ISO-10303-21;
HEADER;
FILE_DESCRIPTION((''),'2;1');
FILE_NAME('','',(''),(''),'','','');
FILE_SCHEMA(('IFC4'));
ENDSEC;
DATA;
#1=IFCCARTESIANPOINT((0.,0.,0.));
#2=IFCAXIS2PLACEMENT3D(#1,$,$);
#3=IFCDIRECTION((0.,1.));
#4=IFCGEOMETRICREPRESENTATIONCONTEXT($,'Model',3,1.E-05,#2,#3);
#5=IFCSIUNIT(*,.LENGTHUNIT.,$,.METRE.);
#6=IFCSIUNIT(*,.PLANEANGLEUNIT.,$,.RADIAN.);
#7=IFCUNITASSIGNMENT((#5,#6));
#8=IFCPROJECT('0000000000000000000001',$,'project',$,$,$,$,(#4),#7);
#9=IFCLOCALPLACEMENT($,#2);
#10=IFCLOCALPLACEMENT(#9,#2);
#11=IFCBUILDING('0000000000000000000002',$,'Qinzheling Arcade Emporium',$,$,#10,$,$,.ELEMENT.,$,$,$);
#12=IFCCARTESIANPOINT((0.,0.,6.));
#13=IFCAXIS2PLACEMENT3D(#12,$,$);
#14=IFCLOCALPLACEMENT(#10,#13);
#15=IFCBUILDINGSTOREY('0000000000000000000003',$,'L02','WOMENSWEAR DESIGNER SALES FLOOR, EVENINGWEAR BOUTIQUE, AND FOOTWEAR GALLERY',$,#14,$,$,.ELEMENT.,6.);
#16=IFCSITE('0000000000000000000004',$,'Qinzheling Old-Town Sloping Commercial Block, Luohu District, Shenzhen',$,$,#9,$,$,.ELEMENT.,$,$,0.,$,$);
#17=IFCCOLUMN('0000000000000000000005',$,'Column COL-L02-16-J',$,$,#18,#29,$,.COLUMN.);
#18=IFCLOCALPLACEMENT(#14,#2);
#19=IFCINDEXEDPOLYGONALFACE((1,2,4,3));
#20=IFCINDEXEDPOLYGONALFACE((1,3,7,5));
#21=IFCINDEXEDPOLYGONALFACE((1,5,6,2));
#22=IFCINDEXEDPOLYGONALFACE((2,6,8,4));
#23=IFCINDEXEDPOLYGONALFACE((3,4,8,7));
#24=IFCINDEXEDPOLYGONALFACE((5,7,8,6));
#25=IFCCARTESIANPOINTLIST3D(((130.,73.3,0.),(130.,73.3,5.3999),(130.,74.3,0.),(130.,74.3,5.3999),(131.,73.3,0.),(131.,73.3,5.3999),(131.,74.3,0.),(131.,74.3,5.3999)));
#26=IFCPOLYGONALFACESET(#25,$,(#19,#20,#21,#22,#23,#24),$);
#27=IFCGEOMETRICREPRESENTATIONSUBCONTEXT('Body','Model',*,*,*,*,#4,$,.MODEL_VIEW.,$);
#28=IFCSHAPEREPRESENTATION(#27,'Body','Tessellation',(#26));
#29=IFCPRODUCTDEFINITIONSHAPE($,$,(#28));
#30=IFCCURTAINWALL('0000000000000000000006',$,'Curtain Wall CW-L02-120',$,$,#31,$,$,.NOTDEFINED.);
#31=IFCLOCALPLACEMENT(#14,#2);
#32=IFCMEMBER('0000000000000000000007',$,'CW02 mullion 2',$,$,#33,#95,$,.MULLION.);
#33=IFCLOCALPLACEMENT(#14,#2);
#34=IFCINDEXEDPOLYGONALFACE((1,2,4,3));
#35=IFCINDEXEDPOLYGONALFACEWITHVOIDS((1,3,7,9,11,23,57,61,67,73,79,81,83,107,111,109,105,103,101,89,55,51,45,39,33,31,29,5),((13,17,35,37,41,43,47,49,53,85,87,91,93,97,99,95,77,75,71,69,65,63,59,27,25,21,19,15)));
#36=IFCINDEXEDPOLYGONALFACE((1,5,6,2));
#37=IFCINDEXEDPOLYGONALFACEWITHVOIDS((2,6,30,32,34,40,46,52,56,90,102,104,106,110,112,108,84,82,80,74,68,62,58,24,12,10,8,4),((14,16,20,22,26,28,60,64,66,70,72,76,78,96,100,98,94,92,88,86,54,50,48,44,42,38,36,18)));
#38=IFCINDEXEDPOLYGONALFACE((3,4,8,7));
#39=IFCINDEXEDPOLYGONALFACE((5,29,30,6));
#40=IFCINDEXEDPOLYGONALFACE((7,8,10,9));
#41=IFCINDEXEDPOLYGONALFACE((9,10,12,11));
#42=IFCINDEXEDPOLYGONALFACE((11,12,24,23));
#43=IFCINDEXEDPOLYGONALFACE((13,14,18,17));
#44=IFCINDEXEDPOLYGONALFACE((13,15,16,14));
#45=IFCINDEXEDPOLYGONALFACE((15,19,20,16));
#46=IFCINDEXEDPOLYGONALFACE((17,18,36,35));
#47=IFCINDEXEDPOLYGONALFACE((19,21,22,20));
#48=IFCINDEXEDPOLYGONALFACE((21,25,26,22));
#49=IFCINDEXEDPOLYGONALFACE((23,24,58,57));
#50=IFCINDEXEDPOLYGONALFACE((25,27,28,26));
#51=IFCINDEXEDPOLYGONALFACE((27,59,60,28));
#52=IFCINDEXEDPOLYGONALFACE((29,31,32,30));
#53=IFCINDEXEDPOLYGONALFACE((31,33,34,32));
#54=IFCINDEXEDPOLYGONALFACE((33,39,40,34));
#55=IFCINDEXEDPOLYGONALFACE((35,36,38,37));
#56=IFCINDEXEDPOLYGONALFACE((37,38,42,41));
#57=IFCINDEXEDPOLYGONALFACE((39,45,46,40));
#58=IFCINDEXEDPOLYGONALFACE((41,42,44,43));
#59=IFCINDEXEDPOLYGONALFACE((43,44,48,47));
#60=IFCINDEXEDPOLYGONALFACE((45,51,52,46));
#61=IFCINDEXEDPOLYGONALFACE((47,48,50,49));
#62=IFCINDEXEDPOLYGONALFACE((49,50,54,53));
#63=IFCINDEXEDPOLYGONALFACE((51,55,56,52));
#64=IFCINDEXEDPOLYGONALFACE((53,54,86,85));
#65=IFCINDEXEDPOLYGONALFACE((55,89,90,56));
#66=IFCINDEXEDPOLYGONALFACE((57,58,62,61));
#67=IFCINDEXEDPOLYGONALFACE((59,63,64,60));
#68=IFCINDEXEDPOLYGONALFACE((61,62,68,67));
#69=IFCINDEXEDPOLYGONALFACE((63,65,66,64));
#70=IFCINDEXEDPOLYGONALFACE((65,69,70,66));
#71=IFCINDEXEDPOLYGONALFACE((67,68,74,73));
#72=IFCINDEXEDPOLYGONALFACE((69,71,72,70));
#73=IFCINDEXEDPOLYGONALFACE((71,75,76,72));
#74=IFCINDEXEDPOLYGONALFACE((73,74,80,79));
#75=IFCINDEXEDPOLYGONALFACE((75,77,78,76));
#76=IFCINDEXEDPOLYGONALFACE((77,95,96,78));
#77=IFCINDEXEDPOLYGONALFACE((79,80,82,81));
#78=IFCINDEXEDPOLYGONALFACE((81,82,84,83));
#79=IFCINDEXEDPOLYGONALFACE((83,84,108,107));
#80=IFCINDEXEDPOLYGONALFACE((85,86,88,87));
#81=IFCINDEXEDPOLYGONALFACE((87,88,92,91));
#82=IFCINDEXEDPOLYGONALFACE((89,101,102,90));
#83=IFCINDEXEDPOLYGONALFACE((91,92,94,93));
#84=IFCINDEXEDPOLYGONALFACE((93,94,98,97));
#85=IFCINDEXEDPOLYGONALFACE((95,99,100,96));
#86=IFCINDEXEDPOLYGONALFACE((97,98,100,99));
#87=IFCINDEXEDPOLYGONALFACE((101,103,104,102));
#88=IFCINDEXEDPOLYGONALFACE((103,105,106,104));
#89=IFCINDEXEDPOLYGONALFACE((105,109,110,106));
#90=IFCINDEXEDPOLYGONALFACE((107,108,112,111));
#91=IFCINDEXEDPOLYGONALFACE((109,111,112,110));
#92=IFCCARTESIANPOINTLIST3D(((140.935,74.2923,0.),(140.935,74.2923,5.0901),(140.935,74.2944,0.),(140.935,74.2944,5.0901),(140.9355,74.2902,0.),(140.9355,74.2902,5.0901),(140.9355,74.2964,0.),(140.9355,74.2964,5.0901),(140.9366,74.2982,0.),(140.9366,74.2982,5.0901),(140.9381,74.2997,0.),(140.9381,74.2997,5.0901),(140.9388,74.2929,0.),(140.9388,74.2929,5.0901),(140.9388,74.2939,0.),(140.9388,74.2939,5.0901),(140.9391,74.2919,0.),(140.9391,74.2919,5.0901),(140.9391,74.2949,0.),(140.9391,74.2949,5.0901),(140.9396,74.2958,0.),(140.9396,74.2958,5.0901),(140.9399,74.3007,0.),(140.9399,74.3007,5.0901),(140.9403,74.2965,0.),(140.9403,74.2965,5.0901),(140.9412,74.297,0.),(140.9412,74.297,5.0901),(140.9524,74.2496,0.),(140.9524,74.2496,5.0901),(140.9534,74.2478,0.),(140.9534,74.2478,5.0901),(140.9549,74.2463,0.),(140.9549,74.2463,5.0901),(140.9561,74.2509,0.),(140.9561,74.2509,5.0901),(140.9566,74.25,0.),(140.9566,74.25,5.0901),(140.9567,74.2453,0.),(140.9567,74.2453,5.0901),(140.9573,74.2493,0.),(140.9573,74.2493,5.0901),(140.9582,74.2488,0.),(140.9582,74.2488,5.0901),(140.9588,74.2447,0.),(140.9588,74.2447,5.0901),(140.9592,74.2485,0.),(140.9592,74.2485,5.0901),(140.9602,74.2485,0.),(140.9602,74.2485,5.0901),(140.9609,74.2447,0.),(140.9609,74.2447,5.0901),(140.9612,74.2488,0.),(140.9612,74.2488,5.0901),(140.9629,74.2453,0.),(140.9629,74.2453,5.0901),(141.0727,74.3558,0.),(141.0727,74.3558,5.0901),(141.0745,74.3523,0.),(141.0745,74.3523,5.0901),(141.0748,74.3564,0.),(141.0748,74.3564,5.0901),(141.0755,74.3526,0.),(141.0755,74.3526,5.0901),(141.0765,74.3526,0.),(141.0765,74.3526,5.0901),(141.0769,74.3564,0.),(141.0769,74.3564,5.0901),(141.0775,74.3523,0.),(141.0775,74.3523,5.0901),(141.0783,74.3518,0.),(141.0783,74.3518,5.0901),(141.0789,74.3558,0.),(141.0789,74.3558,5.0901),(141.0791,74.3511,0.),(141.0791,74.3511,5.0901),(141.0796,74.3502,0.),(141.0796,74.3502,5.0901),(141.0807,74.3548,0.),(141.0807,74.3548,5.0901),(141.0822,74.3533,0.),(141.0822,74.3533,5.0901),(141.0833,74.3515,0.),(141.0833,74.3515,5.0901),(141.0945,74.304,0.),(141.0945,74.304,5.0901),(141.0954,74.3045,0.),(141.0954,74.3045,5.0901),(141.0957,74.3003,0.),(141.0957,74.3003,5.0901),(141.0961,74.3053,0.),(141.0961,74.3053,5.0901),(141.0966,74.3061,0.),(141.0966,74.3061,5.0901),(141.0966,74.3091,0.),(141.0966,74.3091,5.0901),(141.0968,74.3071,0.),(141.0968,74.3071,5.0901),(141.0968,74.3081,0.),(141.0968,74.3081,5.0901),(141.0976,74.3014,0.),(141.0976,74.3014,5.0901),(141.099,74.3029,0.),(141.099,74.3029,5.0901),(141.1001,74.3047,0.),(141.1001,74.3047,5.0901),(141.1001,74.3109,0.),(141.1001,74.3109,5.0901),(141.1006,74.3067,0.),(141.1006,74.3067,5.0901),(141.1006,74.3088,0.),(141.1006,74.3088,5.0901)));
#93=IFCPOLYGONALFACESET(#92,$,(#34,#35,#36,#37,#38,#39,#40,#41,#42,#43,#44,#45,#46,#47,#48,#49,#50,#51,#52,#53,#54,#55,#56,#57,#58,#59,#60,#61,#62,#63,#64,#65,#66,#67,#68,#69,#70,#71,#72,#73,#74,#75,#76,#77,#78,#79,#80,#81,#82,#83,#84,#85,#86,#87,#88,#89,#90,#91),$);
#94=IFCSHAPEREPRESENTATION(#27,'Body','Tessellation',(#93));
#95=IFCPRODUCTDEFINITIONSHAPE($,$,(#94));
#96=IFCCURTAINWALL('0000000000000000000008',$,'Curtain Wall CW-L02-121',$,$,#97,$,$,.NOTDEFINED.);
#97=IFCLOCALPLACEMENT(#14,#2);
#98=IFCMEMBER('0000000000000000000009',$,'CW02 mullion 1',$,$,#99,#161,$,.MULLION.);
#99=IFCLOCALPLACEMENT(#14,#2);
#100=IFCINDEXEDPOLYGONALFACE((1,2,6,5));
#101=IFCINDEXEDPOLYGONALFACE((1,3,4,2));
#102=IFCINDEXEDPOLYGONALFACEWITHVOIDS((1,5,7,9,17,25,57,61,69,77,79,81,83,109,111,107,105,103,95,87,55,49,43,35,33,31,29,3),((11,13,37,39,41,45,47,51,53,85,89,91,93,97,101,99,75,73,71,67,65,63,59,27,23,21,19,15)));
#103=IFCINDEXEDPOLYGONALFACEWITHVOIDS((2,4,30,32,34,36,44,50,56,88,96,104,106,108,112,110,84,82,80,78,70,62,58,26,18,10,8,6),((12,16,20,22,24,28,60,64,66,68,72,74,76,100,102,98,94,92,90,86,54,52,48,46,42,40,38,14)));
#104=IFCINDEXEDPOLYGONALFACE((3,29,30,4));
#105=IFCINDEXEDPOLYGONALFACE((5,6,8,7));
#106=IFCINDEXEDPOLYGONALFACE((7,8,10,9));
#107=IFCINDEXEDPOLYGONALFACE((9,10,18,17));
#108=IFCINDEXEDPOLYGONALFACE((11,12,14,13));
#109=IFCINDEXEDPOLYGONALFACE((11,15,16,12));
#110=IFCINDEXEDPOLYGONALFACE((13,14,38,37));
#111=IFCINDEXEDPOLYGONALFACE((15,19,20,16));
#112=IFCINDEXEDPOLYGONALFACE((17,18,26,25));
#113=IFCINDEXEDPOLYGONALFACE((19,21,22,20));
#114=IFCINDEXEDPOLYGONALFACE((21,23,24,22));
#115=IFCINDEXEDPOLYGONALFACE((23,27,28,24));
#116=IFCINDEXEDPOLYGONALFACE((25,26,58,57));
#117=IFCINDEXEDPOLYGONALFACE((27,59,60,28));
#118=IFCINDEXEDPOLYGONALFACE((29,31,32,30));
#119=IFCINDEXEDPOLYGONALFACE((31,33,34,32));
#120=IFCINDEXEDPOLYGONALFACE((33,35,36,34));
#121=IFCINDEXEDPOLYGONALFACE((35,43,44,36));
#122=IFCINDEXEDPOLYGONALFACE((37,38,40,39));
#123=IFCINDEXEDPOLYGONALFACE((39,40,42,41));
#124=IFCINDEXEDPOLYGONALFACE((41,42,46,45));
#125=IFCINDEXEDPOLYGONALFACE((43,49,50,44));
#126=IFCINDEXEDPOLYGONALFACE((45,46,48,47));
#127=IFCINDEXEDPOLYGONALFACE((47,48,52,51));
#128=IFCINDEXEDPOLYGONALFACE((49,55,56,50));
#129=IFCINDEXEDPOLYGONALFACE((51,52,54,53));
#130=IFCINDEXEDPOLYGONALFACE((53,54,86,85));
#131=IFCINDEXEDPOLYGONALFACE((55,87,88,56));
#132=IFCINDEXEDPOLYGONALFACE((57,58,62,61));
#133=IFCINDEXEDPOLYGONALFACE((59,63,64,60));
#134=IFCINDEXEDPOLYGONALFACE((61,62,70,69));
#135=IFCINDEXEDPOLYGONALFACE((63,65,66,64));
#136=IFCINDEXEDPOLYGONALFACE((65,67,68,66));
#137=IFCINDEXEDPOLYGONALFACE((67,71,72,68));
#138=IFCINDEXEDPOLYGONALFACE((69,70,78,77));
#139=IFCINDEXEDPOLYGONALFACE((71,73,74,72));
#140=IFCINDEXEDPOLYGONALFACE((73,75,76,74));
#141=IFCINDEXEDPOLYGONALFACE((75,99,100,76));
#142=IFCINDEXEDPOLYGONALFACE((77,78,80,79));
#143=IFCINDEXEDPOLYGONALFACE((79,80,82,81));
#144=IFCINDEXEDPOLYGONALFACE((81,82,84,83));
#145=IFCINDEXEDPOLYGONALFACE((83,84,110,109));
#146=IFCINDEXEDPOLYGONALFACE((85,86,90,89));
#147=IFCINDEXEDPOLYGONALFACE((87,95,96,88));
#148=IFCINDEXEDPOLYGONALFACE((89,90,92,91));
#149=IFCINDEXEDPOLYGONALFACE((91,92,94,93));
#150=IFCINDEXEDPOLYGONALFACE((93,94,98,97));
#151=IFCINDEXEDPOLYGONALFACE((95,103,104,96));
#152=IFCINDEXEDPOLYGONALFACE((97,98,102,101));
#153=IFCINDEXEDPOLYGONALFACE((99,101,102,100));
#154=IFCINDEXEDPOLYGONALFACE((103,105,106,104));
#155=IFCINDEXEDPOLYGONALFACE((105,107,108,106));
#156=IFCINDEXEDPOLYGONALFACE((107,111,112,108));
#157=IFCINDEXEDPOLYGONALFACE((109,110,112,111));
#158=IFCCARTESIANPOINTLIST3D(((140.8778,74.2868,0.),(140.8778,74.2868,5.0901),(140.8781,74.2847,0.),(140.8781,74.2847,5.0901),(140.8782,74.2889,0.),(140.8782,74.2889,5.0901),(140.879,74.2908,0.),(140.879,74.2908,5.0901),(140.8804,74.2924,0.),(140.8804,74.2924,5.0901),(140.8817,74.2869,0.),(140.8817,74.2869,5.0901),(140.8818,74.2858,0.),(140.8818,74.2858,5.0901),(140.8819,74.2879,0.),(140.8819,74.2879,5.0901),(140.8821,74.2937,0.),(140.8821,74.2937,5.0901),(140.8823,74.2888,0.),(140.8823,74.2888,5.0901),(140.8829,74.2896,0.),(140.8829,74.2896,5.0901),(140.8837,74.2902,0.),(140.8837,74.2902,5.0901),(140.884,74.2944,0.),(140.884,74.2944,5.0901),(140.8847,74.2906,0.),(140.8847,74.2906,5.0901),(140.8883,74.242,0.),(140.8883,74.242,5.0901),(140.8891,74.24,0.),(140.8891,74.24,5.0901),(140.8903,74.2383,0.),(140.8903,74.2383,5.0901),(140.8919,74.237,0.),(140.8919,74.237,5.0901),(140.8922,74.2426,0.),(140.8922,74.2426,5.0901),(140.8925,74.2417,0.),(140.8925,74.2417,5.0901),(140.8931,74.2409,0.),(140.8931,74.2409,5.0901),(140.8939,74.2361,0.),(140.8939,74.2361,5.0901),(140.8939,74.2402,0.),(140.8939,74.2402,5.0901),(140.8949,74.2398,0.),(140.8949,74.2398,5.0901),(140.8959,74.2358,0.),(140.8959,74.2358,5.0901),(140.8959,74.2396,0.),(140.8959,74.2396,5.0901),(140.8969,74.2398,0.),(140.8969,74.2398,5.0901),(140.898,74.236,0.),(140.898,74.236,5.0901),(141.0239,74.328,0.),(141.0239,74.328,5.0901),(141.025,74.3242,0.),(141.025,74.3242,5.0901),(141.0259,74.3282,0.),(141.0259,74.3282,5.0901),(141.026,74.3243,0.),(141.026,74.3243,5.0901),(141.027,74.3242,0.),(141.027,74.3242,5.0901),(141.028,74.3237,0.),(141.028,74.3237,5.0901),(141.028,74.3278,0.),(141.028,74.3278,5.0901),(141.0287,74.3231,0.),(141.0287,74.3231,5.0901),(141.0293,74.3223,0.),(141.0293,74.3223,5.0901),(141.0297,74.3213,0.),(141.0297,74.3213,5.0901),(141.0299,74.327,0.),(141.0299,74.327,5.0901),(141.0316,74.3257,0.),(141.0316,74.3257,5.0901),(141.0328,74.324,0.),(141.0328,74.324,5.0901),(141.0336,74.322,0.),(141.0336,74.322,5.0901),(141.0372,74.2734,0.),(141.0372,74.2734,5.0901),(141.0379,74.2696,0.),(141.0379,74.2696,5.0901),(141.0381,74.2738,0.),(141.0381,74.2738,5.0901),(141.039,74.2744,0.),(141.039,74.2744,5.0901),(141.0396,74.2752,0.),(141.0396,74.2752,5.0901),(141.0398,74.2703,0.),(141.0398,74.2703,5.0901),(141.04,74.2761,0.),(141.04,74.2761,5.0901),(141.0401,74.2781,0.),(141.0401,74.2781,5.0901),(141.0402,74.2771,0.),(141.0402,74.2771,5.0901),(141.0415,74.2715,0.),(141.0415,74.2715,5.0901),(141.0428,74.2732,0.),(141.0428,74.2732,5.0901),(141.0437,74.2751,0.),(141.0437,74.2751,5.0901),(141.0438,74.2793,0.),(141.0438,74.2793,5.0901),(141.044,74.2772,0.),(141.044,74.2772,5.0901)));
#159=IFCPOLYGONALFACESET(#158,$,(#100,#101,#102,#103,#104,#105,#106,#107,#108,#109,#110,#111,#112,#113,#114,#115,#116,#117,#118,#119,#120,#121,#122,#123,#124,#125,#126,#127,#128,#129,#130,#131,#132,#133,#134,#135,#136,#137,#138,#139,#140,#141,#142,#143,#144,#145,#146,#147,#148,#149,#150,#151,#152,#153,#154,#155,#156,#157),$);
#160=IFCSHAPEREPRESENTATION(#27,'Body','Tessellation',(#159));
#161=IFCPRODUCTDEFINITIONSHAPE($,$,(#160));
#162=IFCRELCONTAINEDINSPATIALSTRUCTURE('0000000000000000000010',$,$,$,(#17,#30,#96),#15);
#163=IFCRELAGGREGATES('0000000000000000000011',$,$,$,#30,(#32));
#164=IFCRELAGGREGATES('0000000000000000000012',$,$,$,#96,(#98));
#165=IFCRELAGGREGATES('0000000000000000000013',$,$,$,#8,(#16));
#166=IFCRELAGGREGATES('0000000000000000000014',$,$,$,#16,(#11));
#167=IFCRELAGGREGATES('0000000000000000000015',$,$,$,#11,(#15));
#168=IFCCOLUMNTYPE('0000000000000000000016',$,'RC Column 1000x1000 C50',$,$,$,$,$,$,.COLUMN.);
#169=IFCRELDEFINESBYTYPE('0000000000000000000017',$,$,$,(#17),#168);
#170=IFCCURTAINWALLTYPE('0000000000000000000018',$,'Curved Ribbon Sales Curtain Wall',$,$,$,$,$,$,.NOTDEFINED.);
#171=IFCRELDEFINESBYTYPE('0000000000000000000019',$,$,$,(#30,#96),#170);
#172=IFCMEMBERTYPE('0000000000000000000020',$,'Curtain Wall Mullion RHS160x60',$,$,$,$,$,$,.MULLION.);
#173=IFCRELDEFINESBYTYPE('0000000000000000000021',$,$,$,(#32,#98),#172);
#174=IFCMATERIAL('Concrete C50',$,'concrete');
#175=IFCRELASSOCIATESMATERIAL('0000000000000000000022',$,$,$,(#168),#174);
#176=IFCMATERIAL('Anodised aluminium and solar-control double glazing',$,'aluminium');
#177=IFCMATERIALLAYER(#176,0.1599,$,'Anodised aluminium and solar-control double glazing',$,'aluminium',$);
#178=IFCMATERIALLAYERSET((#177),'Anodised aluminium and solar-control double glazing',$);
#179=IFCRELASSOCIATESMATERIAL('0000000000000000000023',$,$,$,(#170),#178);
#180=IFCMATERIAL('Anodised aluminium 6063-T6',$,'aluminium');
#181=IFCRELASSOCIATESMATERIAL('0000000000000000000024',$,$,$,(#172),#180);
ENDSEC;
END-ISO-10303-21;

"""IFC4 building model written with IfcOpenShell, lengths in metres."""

from ifc_helpers import new_model, si_unit, direction, frame, origin, origin_2d, place, context, subcontext, project, spatial, rectangle, hollow_rectangle, extrude, material, layer, layer_set, material_profile, profile_set, type_object, element, aggregate, save


model = new_model("IFC4")

# Units and contexts
model_context = context("Model", 3, precision=1e-05, world=origin(), true_north=direction((0.0, 1.0)))
body_context = subcontext(model_context, "Body", "Model", "MODEL_VIEW")
ifc_project = project(units=[si_unit("LENGTHUNIT", "METRE"), si_unit("PLANEANGLEUNIT", "RADIAN")], contexts=[model_context])

# Site, building, storey
site_placement = place(None, origin())
site = spatial("IfcSite", under=ifc_project, at=site_placement, Name="Qinzheling Old-Town Sloping Commercial Block, Luohu District, Shenzhen", CompositionType="ELEMENT", RefElevation=0.0)
building_placement = place(site_placement, origin())
building = spatial("IfcBuilding", under=site, at=building_placement, Name="Qinzheling Arcade Emporium", CompositionType="ELEMENT")
storey_placement = place(building_placement, frame((0.0, 0.0, 6.0)))
storey = spatial("IfcBuildingStorey", under=building, at=storey_placement, Name="L02", Description="WOMENSWEAR DESIGNER SALES FLOOR, EVENINGWEAR BOUTIQUE, AND FOOTWEAR GALLERY", CompositionType="ELEMENT", Elevation=6.0)

# Column
ifc_material_1 = material(Name="Concrete C50", Category="concrete")
ifc_material_profile_1 = material_profile(ifc_material_1, rectangle(XDim=1.0, YDim=1.0, at=origin_2d()), Name="RC 1000x1000", Category="concrete")
ifc_profile_set_1 = profile_set([ifc_material_profile_1], Name="Concrete C50")
column_type = type_object("IfcColumnType", Name="RC Column 1000x1000 C50", PredefinedType="COLUMN", material=ifc_profile_set_1)
column_placement = place(storey_placement, frame((130.5, 73.8, 0.0), z_axis=(0.0, 0.0, 1.0), x_axis=(1.0, 0.0, 0.0)))
element("IfcColumn", 1, at=column_placement, inside=storey, type_object=column_type, Name="Column COL-L02-16-J", PredefinedType="COLUMN", context=body_context, shape_type="SweptSolid", body=[
    extrude(rectangle(XDim=1.0, YDim=1.0, at=origin_2d()), origin(), (0.0, 0.0, 1.0), 5.3999),
])

# Curtain wall, member
ifc_material_2 = material(Name="Anodised aluminium and solar-control double glazing", Category="aluminium")
ifc_layer_1 = layer(ifc_material_2, 0.1599, Name="Anodised aluminium and solar-control double glazing", Category="aluminium")
ifc_layer_set_1 = layer_set([ifc_layer_1], Name="Anodised aluminium and solar-control double glazing")
curtain_wall_type_1 = type_object("IfcCurtainWallType", Name="Curved Ribbon Sales Curtain Wall", PredefinedType="NOTDEFINED", material=ifc_layer_set_1)
curtain_wall_1_placement = place(storey_placement, origin())
curtain_wall_1 = element("IfcCurtainWall", 2, at=curtain_wall_1_placement, inside=storey, type_object=curtain_wall_type_1, Name="Curtain Wall CW-L02-120", PredefinedType="NOTDEFINED")
ifc_material_3 = material(Name="Anodised aluminium 6063-T6", Category="aluminium")
ifc_material_profile_2 = material_profile(ifc_material_3, hollow_rectangle(XDim=0.0601, YDim=0.1599, WallThickness=0.0039, InnerFilletRadius=0.0039, OuterFilletRadius=0.0081, at=origin_2d()), Name="RHS 160x60x4", Category="aluminium")
ifc_profile_set_2 = profile_set([ifc_material_profile_2], Name="Anodised aluminium 6063-T6")
member_type_1 = type_object("IfcMemberType", Name="Curtain Wall Mullion RHS160x60", PredefinedType="MULLION", material=ifc_profile_set_2)
member_1_placement = place(storey_placement, frame((141.0178, 74.3005, 0.0), z_axis=(0.0, 0.0, 1.0), x_axis=(0.382896, -0.923792, 0.0)))
member_1 = element("IfcMember", 3, at=member_1_placement, type_object=member_type_1, Name="CW02 mullion 2", PredefinedType="MULLION", context=body_context, shape_type="SweptSolid", body=[
    extrude(hollow_rectangle(XDim=0.0601, YDim=0.1599, WallThickness=0.0039, InnerFilletRadius=0.0039, OuterFilletRadius=0.0081, at=origin_2d()), origin(), (0.0, 0.0, 1.0), 5.0901),
])

# Curtain wall, member
curtain_wall_2_placement = place(storey_placement, origin())
curtain_wall_2 = element("IfcCurtainWall", 4, at=curtain_wall_2_placement, inside=storey, type_object=curtain_wall_type_1, Name="Curtain Wall CW-L02-121", PredefinedType="NOTDEFINED")
member_2_placement = place(storey_placement, frame((140.9609, 74.282, 0.0), z_axis=(0.0, 0.0, 1.0), x_axis=(0.233228, -0.972422, 0.0)))
member_2 = element("IfcMember", 5, at=member_2_placement, type_object=member_type_1, Name="CW02 mullion 1", PredefinedType="MULLION", context=body_context, shape_type="SweptSolid", body=[
    extrude(hollow_rectangle(XDim=0.0601, YDim=0.1599, WallThickness=0.0039, InnerFilletRadius=0.0039, OuterFilletRadius=0.0081, at=origin_2d()), origin(), (0.0, 0.0, 1.0), 5.0901),
])

aggregate(curtain_wall_1, [member_1])
aggregate(curtain_wall_2, [member_2])

save(model, "model.ifc")
